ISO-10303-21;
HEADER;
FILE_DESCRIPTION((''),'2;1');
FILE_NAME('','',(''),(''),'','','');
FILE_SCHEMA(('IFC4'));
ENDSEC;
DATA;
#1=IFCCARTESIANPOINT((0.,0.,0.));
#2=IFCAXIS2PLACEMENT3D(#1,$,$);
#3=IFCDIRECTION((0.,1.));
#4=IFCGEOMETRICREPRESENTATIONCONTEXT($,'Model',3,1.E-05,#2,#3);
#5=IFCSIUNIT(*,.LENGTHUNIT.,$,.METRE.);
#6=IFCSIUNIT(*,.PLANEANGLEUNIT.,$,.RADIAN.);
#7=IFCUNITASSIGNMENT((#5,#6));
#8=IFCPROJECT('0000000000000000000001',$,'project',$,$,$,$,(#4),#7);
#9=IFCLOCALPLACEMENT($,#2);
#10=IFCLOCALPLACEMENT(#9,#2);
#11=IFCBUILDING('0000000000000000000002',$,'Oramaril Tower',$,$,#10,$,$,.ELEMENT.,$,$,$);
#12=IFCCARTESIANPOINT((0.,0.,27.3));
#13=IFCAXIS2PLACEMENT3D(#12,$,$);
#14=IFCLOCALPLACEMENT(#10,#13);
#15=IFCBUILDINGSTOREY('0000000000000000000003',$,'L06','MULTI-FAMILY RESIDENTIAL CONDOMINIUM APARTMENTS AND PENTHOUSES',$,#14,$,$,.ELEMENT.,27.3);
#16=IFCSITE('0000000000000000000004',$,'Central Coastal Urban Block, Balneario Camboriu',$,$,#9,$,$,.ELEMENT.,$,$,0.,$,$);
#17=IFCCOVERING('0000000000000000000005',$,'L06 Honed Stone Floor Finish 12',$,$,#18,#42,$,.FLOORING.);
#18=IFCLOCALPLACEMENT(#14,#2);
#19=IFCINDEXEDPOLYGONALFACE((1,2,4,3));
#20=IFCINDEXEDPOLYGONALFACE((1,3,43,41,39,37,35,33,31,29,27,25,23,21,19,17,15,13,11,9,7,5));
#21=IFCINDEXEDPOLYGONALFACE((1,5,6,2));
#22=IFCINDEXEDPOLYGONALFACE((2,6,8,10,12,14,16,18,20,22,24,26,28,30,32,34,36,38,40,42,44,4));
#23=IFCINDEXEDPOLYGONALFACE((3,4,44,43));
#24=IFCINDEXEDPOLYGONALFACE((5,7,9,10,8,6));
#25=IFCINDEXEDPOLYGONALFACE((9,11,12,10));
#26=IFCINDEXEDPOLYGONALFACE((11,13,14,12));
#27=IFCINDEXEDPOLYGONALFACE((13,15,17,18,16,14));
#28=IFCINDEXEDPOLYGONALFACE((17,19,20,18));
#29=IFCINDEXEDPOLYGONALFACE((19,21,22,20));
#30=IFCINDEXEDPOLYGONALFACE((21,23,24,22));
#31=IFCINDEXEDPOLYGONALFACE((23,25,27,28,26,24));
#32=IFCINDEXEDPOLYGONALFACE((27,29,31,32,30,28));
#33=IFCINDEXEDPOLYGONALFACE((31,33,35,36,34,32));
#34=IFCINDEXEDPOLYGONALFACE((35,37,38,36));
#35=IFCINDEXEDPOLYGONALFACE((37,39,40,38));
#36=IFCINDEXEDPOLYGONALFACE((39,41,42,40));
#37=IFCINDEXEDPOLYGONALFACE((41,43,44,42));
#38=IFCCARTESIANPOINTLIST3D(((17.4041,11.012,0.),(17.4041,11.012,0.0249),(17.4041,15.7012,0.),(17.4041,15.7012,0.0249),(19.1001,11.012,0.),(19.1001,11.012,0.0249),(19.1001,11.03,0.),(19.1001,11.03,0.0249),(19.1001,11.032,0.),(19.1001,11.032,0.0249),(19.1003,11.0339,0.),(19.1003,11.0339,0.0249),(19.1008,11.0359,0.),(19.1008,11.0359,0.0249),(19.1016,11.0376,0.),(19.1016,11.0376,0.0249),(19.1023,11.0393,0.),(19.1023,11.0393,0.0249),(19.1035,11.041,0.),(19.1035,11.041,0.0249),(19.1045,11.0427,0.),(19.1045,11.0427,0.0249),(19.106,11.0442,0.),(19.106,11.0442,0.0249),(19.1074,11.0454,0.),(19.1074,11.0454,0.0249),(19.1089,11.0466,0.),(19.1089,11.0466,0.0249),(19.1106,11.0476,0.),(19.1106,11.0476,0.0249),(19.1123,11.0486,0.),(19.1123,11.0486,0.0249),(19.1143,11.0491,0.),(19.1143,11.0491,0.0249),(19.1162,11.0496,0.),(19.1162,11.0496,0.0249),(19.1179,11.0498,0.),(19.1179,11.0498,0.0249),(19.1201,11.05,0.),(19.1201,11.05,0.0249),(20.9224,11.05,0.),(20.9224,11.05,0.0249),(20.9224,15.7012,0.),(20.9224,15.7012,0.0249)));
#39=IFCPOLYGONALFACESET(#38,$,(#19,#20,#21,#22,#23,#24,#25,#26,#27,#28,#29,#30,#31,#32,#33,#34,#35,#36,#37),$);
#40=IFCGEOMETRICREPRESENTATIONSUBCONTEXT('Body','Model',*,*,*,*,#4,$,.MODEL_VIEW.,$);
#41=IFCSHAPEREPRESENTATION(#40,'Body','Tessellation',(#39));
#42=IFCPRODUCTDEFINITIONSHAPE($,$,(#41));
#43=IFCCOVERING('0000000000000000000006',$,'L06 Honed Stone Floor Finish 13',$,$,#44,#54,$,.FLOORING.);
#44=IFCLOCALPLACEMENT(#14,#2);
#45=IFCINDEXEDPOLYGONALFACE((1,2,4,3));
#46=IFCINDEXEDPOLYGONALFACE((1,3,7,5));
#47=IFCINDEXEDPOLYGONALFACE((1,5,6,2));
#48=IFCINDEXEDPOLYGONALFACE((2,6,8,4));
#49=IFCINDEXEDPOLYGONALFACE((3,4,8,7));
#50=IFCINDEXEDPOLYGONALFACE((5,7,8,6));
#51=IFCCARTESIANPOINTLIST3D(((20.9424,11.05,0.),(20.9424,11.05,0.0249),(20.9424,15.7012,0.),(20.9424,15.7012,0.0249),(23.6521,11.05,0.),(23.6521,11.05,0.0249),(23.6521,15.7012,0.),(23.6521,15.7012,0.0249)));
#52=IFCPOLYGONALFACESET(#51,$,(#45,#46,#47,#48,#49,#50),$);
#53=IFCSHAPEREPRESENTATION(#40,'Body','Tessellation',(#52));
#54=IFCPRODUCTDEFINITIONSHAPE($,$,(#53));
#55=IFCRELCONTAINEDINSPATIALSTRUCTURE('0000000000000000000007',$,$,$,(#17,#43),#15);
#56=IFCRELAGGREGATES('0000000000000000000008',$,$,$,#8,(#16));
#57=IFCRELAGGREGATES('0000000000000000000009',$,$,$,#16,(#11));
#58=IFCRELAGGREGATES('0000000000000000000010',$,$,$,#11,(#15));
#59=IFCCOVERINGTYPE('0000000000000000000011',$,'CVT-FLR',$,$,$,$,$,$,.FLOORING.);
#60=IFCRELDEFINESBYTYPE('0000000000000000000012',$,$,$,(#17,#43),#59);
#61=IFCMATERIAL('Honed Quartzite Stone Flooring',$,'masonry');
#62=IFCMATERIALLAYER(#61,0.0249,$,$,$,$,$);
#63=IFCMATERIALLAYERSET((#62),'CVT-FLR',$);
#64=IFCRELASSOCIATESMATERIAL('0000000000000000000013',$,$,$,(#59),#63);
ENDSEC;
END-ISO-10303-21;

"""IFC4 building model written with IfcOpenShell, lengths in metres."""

from ifc_helpers import new_model, si_unit, direction, frame, origin, place, context, subcontext, project, spatial, polyline, outline, extrude, material, layer, layer_set, type_object, element, save


model = new_model("IFC4")

# Units and contexts
model_context = context("Model", 3, precision=1e-05, world=origin(), true_north=direction((0.0, 1.0)))
body_context = subcontext(model_context, "Body", "Model", "MODEL_VIEW")
ifc_project = project(units=[si_unit("LENGTHUNIT", "METRE"), si_unit("PLANEANGLEUNIT", "RADIAN")], contexts=[model_context])

# Site, building, storey
site_placement = place(None, origin())
site = spatial("IfcSite", under=ifc_project, at=site_placement, Name="Central Coastal Urban Block, Balneario Camboriu", CompositionType="ELEMENT", RefElevation=0.0)
building_placement = place(site_placement, origin())
building = spatial("IfcBuilding", under=site, at=building_placement, Name="Oramaril Tower", CompositionType="ELEMENT")
storey_placement = place(building_placement, frame((0.0, 0.0, 27.3)))
storey = spatial("IfcBuildingStorey", under=building, at=storey_placement, Name="L06", Description="MULTI-FAMILY RESIDENTIAL CONDOMINIUM APARTMENTS AND PENTHOUSES", CompositionType="ELEMENT", Elevation=27.3)

# Coverings
ifc_material_1 = material(Name="Honed Quartzite Stone Flooring", Category="masonry")
ifc_layer_1 = layer(ifc_material_1, 0.0249)
ifc_layer_set_1 = layer_set([ifc_layer_1], Name="CVT-FLR")
covering_type_1 = type_object("IfcCoveringType", Name="CVT-FLR", PredefinedType="FLOORING", material=ifc_layer_set_1)
covering_1_placement = place(storey_placement, origin())
element("IfcCovering", 1, at=covering_1_placement, inside=storey, type_object=covering_type_1, Name="L06 Honed Stone Floor Finish 12", PredefinedType="FLOORING", context=body_context, shape_type="SweptSolid", body=[
    extrude(outline(polyline([(20.9224, 11.05), (19.1201, 11.05), (19.1179, 11.0498), (19.1162, 11.0496), (19.1143, 11.0491), (19.1123, 11.0486), (19.1106, 11.0476), (19.1089, 11.0466), (19.1074, 11.0454), (19.106, 11.0442), (19.1045, 11.0427), (19.1035, 11.041), (19.1023, 11.0393), (19.1016, 11.0376), (19.1008, 11.0359), (19.1003, 11.0339), (19.1001, 11.032), (19.1001, 11.03), (19.1001, 11.012), (17.4041, 11.012), (17.4041, 15.7012), (20.9224, 15.7012), (20.9224, 11.05)])), origin(), (0.0, 0.0, 1.0), 0.0249),
])
covering_2_placement = place(storey_placement, origin())
element("IfcCovering", 2, at=covering_2_placement, inside=storey, type_object=covering_type_1, Name="L06 Honed Stone Floor Finish 13", PredefinedType="FLOORING", context=body_context, shape_type="SweptSolid", body=[
    extrude(outline(polyline([(23.6521, 11.05), (20.9424, 11.05), (20.9424, 15.7012), (23.6521, 15.7012), (23.6521, 11.05)])), origin(), (0.0, 0.0, 1.0), 0.0249),
])

save(model, "model.ifc")
